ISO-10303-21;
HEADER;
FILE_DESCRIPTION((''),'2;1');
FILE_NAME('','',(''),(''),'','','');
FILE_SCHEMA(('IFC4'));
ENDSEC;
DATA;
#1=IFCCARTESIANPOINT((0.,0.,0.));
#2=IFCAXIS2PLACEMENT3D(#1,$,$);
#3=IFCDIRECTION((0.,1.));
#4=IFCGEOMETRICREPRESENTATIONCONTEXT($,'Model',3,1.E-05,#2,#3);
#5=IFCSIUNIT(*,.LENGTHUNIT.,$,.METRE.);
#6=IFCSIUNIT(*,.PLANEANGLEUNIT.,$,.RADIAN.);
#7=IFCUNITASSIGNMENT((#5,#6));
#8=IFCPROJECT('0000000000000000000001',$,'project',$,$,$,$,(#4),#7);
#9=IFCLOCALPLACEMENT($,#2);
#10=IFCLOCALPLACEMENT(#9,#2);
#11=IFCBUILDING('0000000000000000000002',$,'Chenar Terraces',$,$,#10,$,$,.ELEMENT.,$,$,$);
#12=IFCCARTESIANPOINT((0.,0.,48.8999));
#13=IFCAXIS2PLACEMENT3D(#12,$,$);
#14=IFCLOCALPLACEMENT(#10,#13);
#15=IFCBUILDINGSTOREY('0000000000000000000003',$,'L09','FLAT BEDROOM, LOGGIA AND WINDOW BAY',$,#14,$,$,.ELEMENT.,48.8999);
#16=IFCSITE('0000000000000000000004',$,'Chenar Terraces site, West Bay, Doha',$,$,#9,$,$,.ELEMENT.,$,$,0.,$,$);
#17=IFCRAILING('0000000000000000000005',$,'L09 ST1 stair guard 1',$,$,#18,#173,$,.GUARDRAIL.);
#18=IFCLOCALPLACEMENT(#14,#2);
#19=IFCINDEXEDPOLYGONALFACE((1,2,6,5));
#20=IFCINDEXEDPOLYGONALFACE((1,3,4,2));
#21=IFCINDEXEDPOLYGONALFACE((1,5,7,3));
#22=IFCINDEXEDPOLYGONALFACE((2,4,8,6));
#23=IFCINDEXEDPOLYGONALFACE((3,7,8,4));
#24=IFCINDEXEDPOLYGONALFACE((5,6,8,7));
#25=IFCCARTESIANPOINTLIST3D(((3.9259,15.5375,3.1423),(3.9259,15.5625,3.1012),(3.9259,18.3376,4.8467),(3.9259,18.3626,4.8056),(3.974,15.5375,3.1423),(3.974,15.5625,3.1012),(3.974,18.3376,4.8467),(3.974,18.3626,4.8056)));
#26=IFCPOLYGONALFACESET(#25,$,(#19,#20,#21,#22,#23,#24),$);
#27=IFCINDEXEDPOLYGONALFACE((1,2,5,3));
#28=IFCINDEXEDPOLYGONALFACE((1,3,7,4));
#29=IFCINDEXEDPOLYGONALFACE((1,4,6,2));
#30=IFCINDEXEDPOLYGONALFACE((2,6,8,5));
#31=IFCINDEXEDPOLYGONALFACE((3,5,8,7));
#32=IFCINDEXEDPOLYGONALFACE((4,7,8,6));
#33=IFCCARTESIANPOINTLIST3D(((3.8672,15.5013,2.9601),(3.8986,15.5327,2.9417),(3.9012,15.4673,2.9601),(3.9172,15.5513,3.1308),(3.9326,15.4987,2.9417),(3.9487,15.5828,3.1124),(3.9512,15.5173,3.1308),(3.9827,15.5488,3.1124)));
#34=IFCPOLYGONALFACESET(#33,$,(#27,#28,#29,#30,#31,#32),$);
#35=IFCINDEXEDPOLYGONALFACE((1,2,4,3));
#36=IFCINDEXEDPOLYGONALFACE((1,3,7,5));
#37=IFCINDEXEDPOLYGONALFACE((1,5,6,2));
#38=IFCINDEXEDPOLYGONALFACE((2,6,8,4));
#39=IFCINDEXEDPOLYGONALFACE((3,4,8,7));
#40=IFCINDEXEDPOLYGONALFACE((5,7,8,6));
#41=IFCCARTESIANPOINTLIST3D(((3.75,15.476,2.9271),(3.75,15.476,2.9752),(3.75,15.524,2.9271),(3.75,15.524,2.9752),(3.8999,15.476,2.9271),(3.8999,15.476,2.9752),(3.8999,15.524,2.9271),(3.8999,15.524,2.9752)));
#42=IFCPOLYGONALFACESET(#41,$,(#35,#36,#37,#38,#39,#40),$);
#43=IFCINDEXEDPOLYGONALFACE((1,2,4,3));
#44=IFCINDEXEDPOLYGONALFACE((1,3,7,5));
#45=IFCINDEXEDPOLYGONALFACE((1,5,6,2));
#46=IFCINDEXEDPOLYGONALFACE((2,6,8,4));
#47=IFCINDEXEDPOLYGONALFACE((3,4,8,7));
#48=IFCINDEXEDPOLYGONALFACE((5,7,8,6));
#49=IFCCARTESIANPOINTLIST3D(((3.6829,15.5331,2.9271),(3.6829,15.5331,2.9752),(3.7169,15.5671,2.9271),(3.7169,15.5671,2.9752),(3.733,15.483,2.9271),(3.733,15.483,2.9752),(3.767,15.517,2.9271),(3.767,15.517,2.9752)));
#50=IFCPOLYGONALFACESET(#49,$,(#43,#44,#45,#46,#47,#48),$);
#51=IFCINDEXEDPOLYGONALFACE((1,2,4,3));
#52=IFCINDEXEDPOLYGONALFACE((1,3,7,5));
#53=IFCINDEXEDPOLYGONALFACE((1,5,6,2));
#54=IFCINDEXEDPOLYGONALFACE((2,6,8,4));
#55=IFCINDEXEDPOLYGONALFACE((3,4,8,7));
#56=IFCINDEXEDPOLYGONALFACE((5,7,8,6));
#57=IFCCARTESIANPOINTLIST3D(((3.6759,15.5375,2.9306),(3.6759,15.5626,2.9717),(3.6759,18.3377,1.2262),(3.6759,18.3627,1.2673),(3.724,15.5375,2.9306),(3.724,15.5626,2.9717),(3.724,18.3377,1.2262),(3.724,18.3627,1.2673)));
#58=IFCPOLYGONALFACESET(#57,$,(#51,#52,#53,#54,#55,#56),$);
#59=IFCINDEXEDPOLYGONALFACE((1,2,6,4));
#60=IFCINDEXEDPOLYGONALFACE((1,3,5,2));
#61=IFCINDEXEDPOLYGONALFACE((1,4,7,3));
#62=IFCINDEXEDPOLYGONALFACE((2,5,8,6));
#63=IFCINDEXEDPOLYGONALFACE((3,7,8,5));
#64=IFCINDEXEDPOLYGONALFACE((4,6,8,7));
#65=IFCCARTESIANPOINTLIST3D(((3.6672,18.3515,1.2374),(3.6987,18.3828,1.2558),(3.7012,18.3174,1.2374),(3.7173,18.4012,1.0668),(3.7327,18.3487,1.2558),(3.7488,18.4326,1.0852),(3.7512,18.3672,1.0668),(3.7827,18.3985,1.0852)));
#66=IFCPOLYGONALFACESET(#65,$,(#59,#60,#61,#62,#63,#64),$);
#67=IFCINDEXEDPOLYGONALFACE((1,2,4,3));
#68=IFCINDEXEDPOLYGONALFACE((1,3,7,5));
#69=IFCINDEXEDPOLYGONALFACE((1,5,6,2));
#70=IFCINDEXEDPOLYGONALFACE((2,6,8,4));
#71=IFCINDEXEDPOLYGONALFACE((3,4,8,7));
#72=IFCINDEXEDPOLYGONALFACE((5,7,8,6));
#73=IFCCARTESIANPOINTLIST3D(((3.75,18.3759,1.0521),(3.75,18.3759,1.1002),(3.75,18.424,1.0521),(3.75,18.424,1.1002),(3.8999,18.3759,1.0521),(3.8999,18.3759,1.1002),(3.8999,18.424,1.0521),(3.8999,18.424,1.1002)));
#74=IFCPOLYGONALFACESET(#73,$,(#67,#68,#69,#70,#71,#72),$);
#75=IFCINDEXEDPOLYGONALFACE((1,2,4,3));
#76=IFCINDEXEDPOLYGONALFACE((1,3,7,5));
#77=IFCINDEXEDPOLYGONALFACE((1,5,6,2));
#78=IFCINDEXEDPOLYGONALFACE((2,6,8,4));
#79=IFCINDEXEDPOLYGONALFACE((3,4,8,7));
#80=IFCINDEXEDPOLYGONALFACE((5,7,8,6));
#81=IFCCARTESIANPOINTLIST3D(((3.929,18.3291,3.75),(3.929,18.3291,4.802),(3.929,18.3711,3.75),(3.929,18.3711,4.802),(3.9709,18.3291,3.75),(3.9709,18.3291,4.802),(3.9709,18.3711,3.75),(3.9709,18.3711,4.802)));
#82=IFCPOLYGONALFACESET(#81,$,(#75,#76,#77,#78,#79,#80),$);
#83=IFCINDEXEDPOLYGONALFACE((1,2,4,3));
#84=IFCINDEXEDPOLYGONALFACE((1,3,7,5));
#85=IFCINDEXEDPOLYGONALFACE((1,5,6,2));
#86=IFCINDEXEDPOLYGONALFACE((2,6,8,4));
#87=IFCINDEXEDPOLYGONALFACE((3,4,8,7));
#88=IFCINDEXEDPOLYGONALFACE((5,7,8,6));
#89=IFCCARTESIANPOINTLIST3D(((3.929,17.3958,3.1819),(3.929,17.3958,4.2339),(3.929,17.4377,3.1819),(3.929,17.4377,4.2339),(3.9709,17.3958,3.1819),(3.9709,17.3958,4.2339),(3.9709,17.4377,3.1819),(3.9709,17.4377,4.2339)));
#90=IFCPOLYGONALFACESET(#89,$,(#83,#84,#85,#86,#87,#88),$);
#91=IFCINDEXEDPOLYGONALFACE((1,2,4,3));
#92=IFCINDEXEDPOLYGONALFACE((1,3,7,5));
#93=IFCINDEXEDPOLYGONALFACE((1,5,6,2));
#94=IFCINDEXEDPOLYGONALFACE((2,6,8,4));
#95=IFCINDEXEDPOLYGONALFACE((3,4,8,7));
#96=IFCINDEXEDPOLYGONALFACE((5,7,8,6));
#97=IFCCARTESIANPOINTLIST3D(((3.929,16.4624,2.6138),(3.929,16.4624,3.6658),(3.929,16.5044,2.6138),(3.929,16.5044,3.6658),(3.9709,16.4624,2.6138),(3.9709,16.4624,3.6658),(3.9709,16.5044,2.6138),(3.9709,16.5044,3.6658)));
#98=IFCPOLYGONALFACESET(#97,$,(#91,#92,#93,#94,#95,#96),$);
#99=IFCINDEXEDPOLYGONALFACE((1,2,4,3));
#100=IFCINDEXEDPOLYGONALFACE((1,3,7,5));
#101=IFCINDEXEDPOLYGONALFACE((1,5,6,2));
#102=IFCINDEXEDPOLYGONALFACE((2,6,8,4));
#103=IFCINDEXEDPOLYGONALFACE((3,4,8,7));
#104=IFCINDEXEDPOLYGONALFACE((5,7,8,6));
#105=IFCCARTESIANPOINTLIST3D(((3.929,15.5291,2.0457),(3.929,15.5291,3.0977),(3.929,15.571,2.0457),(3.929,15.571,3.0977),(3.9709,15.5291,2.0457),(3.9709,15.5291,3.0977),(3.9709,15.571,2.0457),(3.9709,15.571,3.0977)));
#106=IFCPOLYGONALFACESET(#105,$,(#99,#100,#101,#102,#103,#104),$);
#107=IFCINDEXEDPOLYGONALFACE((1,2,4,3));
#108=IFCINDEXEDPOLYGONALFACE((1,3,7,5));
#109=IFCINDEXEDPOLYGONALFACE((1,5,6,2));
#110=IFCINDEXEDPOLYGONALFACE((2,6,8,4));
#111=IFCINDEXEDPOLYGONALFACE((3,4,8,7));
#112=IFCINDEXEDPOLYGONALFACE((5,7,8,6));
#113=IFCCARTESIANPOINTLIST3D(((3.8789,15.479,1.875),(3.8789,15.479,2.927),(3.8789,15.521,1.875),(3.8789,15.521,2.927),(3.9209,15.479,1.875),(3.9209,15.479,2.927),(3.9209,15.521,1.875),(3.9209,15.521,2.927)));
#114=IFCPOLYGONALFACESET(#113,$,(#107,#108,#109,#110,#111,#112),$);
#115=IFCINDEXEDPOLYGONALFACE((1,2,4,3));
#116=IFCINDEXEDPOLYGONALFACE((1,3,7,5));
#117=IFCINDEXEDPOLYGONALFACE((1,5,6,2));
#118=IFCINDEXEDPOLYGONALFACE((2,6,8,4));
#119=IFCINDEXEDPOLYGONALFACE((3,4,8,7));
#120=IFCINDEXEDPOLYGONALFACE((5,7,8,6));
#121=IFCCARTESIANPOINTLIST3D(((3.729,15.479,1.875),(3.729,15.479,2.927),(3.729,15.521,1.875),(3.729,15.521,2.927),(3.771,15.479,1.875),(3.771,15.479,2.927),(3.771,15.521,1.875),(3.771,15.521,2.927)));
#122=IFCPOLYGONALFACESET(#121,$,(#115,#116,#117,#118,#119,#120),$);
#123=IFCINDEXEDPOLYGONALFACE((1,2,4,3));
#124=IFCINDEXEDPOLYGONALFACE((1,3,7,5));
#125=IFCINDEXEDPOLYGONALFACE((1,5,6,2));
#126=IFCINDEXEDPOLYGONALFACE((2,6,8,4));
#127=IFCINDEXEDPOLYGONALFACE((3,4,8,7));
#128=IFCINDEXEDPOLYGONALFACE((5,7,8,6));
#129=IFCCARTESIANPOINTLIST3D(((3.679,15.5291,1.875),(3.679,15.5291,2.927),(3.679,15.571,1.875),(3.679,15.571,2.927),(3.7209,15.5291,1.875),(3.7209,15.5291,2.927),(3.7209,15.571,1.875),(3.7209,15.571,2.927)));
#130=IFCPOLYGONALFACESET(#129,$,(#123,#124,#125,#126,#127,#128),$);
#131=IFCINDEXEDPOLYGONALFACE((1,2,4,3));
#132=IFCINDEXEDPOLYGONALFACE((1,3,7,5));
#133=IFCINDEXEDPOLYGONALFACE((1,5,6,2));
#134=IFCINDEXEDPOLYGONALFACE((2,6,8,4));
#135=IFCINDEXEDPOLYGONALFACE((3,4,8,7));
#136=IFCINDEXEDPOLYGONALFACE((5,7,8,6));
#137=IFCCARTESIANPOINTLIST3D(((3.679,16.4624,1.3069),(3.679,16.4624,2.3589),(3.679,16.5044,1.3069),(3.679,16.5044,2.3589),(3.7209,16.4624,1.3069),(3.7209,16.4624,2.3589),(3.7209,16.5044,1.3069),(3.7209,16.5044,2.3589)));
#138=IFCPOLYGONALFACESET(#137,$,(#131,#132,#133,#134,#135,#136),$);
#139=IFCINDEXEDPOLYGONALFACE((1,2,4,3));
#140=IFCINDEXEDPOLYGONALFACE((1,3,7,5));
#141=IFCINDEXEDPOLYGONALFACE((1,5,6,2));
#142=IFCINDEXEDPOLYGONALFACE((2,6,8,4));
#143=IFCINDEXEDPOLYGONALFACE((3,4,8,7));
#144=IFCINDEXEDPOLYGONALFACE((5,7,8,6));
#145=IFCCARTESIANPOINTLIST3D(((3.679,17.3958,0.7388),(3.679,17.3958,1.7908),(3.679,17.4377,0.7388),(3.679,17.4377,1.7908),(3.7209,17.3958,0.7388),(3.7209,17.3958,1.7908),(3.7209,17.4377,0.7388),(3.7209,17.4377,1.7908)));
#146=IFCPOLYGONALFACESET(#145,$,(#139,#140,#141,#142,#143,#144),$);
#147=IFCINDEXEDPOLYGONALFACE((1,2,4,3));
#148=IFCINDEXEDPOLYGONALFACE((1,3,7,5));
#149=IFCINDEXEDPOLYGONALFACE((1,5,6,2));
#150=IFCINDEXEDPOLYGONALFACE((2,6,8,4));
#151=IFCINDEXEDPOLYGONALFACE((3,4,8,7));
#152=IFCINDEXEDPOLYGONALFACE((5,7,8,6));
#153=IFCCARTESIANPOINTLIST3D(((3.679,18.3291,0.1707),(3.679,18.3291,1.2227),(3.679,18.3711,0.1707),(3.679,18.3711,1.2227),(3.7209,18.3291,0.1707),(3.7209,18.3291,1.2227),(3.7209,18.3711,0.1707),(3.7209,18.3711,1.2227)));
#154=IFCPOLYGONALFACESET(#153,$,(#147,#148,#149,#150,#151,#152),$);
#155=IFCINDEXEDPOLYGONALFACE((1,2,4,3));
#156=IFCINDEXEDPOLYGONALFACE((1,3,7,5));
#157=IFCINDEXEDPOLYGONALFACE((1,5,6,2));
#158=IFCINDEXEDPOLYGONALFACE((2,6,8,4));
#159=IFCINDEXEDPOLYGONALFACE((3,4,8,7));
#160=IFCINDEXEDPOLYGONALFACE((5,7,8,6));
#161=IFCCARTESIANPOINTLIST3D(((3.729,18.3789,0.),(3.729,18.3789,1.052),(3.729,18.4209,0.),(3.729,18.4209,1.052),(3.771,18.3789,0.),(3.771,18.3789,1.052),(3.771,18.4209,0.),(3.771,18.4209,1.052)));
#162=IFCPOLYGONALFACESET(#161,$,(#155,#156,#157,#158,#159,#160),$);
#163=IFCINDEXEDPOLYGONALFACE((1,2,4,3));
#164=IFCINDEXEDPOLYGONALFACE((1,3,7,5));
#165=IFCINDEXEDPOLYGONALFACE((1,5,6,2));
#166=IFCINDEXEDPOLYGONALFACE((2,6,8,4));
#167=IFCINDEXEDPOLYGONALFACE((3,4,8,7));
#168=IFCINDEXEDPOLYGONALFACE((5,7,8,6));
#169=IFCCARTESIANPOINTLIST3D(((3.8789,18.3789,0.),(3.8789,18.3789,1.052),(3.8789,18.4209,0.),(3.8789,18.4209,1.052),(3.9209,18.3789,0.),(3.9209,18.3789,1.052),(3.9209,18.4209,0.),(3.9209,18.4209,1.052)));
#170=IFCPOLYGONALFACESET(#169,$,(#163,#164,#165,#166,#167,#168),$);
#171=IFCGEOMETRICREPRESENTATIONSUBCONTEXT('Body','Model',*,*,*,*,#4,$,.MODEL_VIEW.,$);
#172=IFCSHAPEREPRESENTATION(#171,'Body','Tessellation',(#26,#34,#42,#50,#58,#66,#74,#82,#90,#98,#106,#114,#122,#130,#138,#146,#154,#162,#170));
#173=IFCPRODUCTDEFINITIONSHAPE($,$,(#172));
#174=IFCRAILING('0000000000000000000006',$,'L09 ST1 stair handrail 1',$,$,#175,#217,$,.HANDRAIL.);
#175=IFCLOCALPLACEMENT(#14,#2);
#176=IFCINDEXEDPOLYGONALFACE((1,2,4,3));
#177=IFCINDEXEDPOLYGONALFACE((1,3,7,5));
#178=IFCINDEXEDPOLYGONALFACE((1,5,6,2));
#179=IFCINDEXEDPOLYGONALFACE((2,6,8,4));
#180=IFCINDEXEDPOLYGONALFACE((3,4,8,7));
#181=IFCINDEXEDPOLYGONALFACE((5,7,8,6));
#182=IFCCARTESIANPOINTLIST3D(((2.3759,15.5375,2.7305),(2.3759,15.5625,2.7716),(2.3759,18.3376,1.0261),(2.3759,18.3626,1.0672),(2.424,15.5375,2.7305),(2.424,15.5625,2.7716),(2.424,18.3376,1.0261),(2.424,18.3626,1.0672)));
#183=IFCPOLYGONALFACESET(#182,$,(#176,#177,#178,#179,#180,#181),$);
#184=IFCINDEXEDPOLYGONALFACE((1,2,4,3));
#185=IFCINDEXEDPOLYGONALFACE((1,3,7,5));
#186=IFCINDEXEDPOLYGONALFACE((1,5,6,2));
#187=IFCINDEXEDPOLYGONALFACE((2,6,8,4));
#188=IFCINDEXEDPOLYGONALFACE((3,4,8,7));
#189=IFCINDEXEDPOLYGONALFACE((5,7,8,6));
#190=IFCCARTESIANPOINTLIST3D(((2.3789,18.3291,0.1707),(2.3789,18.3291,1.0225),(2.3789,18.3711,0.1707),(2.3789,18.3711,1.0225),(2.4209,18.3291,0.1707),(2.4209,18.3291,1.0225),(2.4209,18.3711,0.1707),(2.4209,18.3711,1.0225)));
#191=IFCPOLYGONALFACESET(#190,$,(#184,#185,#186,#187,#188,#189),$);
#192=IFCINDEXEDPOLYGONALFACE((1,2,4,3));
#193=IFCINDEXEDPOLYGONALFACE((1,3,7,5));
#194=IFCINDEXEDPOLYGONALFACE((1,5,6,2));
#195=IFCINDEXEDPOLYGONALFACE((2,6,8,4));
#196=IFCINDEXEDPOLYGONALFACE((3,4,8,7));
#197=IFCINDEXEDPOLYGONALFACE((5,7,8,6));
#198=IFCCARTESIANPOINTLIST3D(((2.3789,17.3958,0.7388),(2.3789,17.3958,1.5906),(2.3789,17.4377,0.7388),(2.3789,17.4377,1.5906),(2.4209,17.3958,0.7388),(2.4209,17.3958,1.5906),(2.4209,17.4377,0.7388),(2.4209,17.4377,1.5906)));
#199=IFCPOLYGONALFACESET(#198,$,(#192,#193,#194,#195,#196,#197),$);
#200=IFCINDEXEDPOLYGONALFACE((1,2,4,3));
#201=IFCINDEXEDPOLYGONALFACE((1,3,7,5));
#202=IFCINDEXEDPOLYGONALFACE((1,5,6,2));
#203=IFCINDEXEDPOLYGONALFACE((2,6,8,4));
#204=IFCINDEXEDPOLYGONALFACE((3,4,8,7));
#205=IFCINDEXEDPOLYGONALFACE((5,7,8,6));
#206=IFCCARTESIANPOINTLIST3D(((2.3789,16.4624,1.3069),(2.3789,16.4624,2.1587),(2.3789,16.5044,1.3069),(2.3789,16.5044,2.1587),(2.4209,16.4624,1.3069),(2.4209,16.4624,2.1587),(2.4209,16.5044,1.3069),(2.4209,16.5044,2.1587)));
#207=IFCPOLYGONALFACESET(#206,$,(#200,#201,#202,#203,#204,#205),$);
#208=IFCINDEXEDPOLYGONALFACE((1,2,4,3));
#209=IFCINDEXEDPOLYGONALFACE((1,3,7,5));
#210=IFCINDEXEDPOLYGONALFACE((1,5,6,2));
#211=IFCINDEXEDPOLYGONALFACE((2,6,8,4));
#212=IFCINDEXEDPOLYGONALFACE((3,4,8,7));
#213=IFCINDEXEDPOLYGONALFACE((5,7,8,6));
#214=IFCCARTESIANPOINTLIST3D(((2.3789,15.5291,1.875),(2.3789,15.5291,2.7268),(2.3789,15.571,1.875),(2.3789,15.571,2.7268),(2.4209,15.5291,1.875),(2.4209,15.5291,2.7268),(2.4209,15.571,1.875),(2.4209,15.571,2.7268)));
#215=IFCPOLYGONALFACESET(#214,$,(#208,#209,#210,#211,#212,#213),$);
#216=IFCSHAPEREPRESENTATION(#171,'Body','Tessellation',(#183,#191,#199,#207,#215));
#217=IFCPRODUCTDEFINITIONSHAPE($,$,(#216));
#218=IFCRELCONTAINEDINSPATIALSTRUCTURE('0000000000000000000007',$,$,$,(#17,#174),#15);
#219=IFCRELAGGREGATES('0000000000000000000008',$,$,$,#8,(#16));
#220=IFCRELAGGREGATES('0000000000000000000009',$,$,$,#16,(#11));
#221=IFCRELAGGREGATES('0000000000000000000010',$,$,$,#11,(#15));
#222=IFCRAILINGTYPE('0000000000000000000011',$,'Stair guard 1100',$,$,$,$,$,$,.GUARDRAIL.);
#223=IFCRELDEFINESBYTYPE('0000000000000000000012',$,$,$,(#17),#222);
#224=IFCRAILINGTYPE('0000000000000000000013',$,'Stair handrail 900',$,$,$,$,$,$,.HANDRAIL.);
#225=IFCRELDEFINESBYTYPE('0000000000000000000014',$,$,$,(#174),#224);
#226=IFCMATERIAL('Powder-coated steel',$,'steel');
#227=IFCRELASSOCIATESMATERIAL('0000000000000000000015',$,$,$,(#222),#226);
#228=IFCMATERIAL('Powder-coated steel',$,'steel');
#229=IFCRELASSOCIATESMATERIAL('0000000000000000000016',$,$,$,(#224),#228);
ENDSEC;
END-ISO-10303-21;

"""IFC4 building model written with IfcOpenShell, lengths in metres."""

from ifc_helpers import new_model, si_unit, direction, frame, origin, origin_2d, place, context, subcontext, project, spatial, rectangle, extrude, material, type_object, element, save


model = new_model("IFC4")

# Units and contexts
model_context = context("Model", 3, precision=1e-05, world=origin(), true_north=direction((0.0, 1.0)))
body_context = subcontext(model_context, "Body", "Model", "MODEL_VIEW")
ifc_project = project(units=[si_unit("LENGTHUNIT", "METRE"), si_unit("PLANEANGLEUNIT", "RADIAN")], contexts=[model_context])

# Site, building, storey
site_placement = place(None, origin())
site = spatial("IfcSite", under=ifc_project, at=site_placement, Name="Chenar Terraces site, West Bay, Doha", CompositionType="ELEMENT", RefElevation=0.0)
building_placement = place(site_placement, origin())
building = spatial("IfcBuilding", under=site, at=building_placement, Name="Chenar Terraces", CompositionType="ELEMENT")
storey_placement = place(building_placement, frame((0.0, 0.0, 48.8999)))
storey = spatial("IfcBuildingStorey", under=building, at=storey_placement, Name="L09", Description="FLAT BEDROOM, LOGGIA AND WINDOW BAY", CompositionType="ELEMENT", Elevation=48.8999)

# Railings
ifc_material_1 = material(Name="Powder-coated steel", Category="steel")
railing_type_1 = type_object("IfcRailingType", Name="Stair guard 1100", PredefinedType="GUARDRAIL", material=ifc_material_1)
railing_1_placement = place(storey_placement, frame((3.95, 18.3501, 3.75)))
element("IfcRailing", 1, at=railing_1_placement, inside=storey, type_object=railing_type_1, Name="L09 ST1 stair guard 1", PredefinedType="GUARDRAIL", context=body_context, shape_type="SweptSolid", body=[
    extrude(rectangle(XDim=0.0481, YDim=0.0481, at=origin_2d()), frame((0.0, 0.0, 1.0762), z_axis=(0.0, -0.854203, -0.51994), x_axis=(1.0, 0.0, 0.0)), (0.0, 0.0, 1.0), 3.2781),
    extrude(rectangle(XDim=0.0481, YDim=0.0481, at=origin_2d()), frame((0.0, -2.8, -0.6284), z_axis=(-0.2709, -0.2709, -0.923703), x_axis=(0.707107, -0.707107, 0.0)), (0.0, 0.0, 1.0), 0.1848),
    extrude(rectangle(XDim=0.0481, YDim=0.0481, at=origin_2d()), frame((-0.05, -2.8501, -0.7988), z_axis=(-1.0, 0.0, 0.0), x_axis=(0.0, -1.0, 0.0)), (0.0, 0.0, 1.0), 0.1499),
    extrude(rectangle(XDim=0.0481, YDim=0.0481, at=origin_2d()), frame((-0.2, -2.8501, -0.7988), z_axis=(-0.707107, 0.707107, 0.0), x_axis=(-0.707107, -0.707107, 0.0)), (0.0, 0.0, 1.0), 0.0708),
    extrude(rectangle(XDim=0.0481, YDim=0.0481, at=origin_2d()), frame((-0.25, -2.8, -0.7988), z_axis=(0.0, 0.854203, -0.51994), x_axis=(-1.0, 0.0, 0.0)), (0.0, 0.0, 1.0), 3.2781),
    extrude(rectangle(XDim=0.0481, YDim=0.0481, at=origin_2d()), frame((-0.25, 0.0, -2.5034), z_axis=(0.270997, 0.269675, -0.924033), x_axis=(-0.705376, 0.708834, 0.0)), (0.0, 0.0, 1.0), 0.1846),
    extrude(rectangle(XDim=0.0481, YDim=0.0481, at=origin_2d()), frame((-0.2, 0.0498, -2.6738), z_axis=(1.0, 0.0, 0.0), x_axis=(0.0, 1.0, 0.0)), (0.0, 0.0, 1.0), 0.1499),
    extrude(rectangle(XDim=0.042, YDim=0.042, at=origin_2d()), origin(), (0.0, 0.0, 1.0), 1.052),
    extrude(rectangle(XDim=0.042, YDim=0.042, at=origin_2d()), frame((0.0, -0.9333, -0.5681)), (0.0, 0.0, 1.0), 1.052),
    extrude(rectangle(XDim=0.042, YDim=0.042, at=origin_2d()), frame((0.0, -1.8667, -1.1362)), (0.0, 0.0, 1.0), 1.052),
    extrude(rectangle(XDim=0.042, YDim=0.042, at=origin_2d()), frame((0.0, -2.8, -1.7043)), (0.0, 0.0, 1.0), 1.052),
    extrude(rectangle(XDim=0.042, YDim=0.042, at=origin_2d()), frame((-0.05, -2.8501, -1.875)), (0.0, 0.0, 1.0), 1.052),
    extrude(rectangle(XDim=0.042, YDim=0.042, at=origin_2d()), frame((-0.2, -2.8501, -1.875)), (0.0, 0.0, 1.0), 1.052),
    extrude(rectangle(XDim=0.042, YDim=0.042, at=origin_2d()), frame((-0.25, -2.8, -1.875)), (0.0, 0.0, 1.0), 1.052),
    extrude(rectangle(XDim=0.042, YDim=0.042, at=origin_2d()), frame((-0.25, -1.8667, -2.4431)), (0.0, 0.0, 1.0), 1.052),
    extrude(rectangle(XDim=0.042, YDim=0.042, at=origin_2d()), frame((-0.25, -0.9333, -3.0112)), (0.0, 0.0, 1.0), 1.052),
    extrude(rectangle(XDim=0.042, YDim=0.042, at=origin_2d()), frame((-0.25, 0.0, -3.5793)), (0.0, 0.0, 1.0), 1.052),
    extrude(rectangle(XDim=0.042, YDim=0.042, at=origin_2d()), frame((-0.2, 0.0498, -3.75)), (0.0, 0.0, 1.0), 1.052),
    extrude(rectangle(XDim=0.042, YDim=0.042, at=origin_2d()), frame((-0.05, 0.0498, -3.75)), (0.0, 0.0, 1.0), 1.052),
])
ifc_material_2 = material(Name="Powder-coated steel", Category="steel")
railing_type_2 = type_object("IfcRailingType", Name="Stair handrail 900", PredefinedType="HANDRAIL", material=ifc_material_2)
railing_2_placement = place(storey_placement, frame((2.3999, 18.3501, 0.1707)))
element("IfcRailing", 2, at=railing_2_placement, inside=storey, type_object=railing_type_2, Name="L09 ST1 stair handrail 1", PredefinedType="HANDRAIL", context=body_context, shape_type="SweptSolid", body=[
    extrude(rectangle(XDim=0.0481, YDim=0.0481, at=origin_2d()), frame((0.0, 0.0, 0.876), z_axis=(0.0, -0.854203, 0.51994), x_axis=(1.0, 0.0, 0.0)), (0.0, 0.0, 1.0), 3.2781),
    extrude(rectangle(XDim=0.042, YDim=0.042, at=origin_2d()), origin(), (0.0, 0.0, 1.0), 0.8518),
    extrude(rectangle(XDim=0.042, YDim=0.042, at=origin_2d()), frame((0.0, -0.9333, 0.5681)), (0.0, 0.0, 1.0), 0.8518),
    extrude(rectangle(XDim=0.042, YDim=0.042, at=origin_2d()), frame((0.0, -1.8667, 1.1362)), (0.0, 0.0, 1.0), 0.8518),
    extrude(rectangle(XDim=0.042, YDim=0.042, at=origin_2d()), frame((0.0, -2.8, 1.7043)), (0.0, 0.0, 1.0), 0.8518),
])

save(model, "model.ifc")
